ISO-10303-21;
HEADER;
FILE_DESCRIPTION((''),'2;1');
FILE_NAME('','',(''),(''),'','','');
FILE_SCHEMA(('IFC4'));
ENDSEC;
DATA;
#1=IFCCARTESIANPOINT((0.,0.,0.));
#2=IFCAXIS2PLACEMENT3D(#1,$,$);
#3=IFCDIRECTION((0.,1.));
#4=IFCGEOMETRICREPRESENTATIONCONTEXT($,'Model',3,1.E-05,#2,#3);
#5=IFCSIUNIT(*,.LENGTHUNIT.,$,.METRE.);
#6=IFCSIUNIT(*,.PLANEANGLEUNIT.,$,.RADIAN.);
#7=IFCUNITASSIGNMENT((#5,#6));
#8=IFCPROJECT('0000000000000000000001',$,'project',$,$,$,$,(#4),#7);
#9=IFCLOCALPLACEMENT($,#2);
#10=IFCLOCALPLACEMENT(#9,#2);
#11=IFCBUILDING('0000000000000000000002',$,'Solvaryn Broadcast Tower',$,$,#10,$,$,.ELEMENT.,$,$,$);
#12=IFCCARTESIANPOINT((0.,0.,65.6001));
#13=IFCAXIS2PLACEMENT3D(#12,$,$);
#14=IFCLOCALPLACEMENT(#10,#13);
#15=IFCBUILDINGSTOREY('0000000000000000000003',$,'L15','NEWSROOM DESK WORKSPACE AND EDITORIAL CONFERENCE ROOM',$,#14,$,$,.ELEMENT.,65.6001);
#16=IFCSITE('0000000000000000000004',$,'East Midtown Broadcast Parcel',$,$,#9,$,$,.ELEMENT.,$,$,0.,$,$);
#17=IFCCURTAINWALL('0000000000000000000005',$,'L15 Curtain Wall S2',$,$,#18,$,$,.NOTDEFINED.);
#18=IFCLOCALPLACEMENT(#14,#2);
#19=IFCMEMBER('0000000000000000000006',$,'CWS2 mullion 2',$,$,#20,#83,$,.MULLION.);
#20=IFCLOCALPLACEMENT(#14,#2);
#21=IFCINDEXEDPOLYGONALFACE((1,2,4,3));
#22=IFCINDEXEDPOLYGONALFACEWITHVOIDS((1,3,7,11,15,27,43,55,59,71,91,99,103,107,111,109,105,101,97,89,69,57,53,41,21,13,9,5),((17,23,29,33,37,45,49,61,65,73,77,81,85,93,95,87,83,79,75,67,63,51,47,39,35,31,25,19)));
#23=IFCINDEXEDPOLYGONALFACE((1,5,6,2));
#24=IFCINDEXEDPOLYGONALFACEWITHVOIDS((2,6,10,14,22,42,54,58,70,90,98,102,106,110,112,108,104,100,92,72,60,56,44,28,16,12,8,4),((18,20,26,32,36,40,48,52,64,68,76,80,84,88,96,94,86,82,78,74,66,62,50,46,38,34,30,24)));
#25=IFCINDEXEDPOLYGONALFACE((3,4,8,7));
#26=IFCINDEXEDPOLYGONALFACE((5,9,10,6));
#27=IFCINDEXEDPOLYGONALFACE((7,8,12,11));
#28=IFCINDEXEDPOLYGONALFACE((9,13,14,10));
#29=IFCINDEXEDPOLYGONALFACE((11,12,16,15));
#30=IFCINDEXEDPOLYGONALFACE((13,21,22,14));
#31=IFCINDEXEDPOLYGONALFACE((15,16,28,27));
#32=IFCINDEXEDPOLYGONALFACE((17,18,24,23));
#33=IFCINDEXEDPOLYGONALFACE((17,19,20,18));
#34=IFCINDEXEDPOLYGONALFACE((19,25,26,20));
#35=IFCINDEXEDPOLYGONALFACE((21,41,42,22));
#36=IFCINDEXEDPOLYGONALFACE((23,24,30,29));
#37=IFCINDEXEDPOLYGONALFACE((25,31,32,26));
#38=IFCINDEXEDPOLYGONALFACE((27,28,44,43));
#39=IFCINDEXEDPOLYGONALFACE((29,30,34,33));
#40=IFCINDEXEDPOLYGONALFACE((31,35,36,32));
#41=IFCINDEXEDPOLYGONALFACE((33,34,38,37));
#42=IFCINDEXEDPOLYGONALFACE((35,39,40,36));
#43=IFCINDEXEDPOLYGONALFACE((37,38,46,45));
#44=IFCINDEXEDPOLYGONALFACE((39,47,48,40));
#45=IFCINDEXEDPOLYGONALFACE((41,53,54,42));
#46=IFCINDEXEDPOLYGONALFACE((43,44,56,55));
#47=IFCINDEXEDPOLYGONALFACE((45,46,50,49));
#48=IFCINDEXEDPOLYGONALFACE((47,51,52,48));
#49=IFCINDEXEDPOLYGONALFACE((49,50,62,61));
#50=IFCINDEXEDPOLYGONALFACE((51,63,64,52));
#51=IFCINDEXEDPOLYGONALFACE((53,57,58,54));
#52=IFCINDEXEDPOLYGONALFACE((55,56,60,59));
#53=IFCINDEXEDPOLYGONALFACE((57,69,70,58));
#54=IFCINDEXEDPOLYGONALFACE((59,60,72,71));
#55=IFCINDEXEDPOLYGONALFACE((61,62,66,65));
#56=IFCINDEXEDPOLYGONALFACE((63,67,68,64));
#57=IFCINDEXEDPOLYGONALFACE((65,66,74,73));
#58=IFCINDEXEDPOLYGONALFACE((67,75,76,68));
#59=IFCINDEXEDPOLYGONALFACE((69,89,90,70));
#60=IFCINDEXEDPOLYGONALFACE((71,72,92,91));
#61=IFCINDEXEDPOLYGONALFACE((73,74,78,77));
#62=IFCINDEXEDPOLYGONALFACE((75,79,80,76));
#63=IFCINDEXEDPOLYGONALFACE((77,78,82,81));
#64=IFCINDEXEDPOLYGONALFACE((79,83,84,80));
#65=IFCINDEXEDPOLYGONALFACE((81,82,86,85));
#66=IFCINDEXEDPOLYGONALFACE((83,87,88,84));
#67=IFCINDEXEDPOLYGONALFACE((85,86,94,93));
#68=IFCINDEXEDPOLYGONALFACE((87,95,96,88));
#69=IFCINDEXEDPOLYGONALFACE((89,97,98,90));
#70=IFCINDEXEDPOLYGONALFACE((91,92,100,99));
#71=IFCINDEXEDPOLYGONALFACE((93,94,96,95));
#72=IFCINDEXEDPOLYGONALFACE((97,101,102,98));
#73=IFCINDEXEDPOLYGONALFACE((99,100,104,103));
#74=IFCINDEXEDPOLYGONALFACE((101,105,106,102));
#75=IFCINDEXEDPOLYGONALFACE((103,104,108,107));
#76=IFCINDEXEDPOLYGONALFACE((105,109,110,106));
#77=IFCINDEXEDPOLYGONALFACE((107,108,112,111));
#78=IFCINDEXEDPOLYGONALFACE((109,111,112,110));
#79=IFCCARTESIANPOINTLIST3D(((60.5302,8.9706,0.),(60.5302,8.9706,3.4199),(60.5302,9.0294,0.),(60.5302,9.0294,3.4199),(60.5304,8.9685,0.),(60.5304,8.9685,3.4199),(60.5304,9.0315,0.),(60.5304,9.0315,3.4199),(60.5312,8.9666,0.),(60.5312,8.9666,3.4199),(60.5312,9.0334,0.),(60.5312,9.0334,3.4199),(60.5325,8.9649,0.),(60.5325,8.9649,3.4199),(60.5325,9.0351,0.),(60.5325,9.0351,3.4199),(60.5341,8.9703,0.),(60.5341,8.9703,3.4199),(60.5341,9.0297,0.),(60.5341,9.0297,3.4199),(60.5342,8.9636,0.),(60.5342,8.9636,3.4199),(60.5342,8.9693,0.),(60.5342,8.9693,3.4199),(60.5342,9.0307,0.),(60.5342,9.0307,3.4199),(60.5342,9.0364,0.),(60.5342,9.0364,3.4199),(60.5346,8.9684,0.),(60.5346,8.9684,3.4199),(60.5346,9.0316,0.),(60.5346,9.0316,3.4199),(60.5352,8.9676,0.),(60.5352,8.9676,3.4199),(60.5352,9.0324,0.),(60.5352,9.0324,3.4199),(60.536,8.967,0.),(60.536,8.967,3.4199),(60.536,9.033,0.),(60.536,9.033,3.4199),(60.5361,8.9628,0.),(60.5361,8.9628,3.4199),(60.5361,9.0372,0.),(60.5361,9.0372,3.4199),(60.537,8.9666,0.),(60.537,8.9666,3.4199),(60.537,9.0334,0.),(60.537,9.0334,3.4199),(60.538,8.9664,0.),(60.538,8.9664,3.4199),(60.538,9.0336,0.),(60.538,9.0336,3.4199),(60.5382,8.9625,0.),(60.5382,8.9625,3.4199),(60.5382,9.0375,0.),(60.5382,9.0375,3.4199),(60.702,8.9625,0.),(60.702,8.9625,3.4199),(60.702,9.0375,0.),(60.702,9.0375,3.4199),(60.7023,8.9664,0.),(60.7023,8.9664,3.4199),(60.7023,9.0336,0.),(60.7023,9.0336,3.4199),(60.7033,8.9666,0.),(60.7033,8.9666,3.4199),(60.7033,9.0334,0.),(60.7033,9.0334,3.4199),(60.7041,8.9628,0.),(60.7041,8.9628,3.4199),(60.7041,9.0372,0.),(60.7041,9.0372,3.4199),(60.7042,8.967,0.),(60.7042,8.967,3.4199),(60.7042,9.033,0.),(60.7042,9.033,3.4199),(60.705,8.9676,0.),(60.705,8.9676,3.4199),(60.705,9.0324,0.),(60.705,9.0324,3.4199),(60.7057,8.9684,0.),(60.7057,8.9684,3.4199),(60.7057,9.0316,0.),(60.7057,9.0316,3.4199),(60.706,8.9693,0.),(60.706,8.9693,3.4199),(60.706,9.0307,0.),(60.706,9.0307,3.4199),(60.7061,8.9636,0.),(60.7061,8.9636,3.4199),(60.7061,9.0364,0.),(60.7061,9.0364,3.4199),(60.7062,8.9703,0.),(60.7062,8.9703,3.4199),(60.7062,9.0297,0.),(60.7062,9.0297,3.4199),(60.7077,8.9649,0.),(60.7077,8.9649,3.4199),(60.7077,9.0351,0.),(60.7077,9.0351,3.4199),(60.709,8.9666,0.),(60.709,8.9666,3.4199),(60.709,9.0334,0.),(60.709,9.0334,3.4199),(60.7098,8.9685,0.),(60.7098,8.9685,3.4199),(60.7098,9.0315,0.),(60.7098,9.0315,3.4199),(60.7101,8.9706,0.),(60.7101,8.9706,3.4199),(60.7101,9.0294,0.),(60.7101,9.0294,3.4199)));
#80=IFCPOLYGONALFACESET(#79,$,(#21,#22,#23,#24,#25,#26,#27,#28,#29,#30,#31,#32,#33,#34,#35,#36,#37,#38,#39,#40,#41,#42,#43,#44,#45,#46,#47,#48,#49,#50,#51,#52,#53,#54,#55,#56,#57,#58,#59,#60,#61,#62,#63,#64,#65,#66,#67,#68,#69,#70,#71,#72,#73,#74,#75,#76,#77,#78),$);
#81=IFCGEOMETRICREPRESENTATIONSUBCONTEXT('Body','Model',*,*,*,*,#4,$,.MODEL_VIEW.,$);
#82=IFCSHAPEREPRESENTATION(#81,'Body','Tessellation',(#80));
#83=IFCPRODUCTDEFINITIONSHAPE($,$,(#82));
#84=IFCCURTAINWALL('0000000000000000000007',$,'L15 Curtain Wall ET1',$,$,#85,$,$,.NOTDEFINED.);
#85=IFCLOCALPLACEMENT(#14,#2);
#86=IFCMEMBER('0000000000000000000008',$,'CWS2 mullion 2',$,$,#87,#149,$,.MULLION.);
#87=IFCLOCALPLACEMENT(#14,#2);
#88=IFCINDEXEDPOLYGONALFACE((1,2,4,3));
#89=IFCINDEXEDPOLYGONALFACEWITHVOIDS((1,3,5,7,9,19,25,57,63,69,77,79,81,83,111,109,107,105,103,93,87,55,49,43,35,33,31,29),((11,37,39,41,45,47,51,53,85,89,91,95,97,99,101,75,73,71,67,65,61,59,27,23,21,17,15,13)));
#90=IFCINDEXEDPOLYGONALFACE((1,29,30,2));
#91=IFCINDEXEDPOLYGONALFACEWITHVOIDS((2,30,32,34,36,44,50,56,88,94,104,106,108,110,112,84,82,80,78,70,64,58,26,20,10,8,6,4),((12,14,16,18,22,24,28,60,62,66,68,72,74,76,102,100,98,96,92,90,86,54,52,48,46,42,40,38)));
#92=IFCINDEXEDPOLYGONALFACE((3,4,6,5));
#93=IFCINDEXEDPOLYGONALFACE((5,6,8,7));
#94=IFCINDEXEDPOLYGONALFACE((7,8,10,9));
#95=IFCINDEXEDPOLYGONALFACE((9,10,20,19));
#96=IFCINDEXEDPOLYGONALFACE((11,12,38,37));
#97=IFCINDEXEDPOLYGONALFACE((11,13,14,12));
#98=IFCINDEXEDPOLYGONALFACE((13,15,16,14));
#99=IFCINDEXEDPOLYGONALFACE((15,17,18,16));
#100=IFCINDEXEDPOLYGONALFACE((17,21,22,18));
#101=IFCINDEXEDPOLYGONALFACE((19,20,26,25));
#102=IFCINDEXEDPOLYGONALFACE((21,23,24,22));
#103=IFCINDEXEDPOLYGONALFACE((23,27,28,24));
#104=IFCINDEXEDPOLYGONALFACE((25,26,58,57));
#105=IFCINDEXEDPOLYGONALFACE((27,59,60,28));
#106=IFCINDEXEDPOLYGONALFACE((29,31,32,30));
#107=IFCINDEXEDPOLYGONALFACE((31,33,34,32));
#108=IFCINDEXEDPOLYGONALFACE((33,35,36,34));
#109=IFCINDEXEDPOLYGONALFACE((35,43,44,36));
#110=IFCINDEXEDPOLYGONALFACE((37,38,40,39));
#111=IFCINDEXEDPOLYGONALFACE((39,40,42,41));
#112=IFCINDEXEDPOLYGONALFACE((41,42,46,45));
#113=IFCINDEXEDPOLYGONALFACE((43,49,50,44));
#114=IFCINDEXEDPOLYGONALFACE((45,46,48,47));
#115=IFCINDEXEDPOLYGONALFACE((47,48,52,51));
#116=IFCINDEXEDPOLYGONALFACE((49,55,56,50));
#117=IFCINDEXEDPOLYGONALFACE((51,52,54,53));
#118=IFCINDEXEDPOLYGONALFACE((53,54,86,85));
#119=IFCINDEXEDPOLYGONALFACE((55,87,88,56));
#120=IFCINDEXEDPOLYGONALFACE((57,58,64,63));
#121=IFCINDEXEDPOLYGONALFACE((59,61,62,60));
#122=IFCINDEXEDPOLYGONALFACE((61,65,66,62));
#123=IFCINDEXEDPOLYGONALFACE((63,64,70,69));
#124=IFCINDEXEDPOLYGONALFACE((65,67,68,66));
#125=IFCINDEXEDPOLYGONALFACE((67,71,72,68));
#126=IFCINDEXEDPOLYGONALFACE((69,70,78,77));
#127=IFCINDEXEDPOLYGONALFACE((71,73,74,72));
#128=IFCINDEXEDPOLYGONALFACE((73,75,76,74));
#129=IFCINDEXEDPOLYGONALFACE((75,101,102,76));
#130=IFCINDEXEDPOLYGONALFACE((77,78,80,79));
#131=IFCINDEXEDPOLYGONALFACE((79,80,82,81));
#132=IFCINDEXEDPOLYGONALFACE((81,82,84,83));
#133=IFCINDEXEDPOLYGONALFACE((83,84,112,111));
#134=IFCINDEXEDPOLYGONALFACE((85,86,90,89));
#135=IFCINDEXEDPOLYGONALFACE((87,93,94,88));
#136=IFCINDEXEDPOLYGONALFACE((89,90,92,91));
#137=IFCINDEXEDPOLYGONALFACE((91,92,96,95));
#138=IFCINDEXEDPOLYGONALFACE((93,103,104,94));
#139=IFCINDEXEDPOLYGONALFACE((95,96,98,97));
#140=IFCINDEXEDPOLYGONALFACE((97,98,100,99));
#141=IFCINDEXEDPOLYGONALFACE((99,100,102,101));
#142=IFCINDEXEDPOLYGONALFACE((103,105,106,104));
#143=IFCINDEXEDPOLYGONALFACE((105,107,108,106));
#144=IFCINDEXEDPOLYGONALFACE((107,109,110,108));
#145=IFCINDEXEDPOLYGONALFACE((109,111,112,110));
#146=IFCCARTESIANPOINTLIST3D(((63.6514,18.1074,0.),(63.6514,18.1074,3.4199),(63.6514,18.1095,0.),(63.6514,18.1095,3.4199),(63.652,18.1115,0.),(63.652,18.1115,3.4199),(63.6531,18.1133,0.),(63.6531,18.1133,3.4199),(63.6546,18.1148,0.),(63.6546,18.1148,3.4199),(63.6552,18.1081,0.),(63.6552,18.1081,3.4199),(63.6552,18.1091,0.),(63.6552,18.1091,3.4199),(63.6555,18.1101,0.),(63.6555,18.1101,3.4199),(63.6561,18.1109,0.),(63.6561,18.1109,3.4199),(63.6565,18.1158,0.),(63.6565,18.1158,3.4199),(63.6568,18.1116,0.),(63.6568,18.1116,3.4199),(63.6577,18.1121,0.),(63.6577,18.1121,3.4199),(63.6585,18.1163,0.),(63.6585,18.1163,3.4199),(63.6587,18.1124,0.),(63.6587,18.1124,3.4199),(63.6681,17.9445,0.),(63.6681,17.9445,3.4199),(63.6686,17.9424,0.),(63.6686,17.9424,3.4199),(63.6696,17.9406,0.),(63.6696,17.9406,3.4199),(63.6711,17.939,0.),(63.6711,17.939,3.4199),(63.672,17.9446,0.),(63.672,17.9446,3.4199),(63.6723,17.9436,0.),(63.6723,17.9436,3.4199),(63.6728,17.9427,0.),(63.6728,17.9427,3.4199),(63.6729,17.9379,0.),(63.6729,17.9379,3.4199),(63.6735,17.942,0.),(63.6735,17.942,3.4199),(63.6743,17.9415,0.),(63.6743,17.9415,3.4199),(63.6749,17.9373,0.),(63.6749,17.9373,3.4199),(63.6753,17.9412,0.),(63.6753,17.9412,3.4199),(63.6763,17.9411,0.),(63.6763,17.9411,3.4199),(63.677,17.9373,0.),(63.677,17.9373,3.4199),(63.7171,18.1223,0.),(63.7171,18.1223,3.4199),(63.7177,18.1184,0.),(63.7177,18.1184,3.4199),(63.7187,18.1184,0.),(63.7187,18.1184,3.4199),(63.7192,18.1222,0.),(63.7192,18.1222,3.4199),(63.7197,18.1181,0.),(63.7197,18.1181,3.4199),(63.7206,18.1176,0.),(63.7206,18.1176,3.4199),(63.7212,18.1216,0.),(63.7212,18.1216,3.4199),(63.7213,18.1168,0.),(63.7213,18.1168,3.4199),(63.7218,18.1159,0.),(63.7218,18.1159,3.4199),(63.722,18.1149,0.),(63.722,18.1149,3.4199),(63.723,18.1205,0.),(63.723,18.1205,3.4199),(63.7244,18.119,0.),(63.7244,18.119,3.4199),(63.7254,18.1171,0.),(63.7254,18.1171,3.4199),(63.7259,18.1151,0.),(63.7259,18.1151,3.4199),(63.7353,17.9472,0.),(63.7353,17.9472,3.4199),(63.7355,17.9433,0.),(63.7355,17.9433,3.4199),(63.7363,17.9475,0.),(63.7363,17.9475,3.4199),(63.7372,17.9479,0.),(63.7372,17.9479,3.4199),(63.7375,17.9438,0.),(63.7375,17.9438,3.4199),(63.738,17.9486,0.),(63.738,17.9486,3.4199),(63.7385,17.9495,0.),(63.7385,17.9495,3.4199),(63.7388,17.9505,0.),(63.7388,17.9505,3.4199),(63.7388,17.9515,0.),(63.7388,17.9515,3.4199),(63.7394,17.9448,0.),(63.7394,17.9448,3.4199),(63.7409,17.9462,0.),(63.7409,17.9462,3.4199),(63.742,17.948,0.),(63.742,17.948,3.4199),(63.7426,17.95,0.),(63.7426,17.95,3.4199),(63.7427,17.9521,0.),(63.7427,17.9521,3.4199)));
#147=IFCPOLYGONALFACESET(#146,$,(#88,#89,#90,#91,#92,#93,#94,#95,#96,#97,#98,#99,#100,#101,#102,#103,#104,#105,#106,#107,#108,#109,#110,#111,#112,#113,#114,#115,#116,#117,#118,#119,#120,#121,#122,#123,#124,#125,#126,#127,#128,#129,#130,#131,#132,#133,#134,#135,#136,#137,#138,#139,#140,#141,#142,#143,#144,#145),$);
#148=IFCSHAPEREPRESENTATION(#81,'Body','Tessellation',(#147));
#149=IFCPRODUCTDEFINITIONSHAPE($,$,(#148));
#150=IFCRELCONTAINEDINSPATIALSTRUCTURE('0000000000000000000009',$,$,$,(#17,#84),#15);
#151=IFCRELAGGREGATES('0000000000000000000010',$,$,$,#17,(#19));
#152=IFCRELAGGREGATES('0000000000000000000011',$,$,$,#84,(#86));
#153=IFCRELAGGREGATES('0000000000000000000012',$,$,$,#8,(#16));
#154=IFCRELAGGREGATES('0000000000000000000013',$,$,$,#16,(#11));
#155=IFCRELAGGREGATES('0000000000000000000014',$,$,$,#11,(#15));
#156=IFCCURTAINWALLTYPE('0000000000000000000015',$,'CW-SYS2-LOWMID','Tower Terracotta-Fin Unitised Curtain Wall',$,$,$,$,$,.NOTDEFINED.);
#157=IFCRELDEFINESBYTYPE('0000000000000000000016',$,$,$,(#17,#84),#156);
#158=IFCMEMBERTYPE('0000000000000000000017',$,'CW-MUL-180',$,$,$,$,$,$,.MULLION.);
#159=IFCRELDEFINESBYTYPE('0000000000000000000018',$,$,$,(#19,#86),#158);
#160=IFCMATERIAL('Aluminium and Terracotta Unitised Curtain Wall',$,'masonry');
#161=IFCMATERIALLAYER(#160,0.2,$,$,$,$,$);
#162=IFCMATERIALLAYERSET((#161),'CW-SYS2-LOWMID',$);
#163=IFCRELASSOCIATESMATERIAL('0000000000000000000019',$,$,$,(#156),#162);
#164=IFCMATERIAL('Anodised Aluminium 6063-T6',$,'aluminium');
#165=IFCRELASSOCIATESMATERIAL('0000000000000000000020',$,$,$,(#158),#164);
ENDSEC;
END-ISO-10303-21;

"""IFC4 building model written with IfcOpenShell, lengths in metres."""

from ifc_helpers import new_model, si_unit, direction, frame, origin, origin_2d, place, context, subcontext, project, spatial, hollow_rectangle, extrude, material, layer, layer_set, material_profile, profile_set, type_object, element, aggregate, save


model = new_model("IFC4")

# Units and contexts
model_context = context("Model", 3, precision=1e-05, world=origin(), true_north=direction((0.0, 1.0)))
body_context = subcontext(model_context, "Body", "Model", "MODEL_VIEW")
ifc_project = project(units=[si_unit("LENGTHUNIT", "METRE"), si_unit("PLANEANGLEUNIT", "RADIAN")], contexts=[model_context])

# Site, building, storey
site_placement = place(None, origin())
site = spatial("IfcSite", under=ifc_project, at=site_placement, Name="East Midtown Broadcast Parcel", CompositionType="ELEMENT", RefElevation=0.0)
building_placement = place(site_placement, origin())
building = spatial("IfcBuilding", under=site, at=building_placement, Name="Solvaryn Broadcast Tower", CompositionType="ELEMENT")
storey_placement = place(building_placement, frame((0.0, 0.0, 65.6001)))
storey = spatial("IfcBuildingStorey", under=building, at=storey_placement, Name="L15", Description="NEWSROOM DESK WORKSPACE AND EDITORIAL CONFERENCE ROOM", CompositionType="ELEMENT", Elevation=65.6001)

# Curtain walls, members
ifc_material_1 = material(Name="Aluminium and Terracotta Unitised Curtain Wall", Category="masonry")
ifc_layer_1 = layer(ifc_material_1, 0.2)
ifc_layer_set_1 = layer_set([ifc_layer_1], Name="CW-SYS2-LOWMID")
curtain_wall_type = type_object("IfcCurtainWallType", Name="CW-SYS2-LOWMID", Description="Tower Terracotta-Fin Unitised Curtain Wall", PredefinedType="NOTDEFINED", material=ifc_layer_set_1)
curtain_wall_1_placement = place(storey_placement, origin())
curtain_wall_1 = element("IfcCurtainWall", 1, at=curtain_wall_1_placement, inside=storey, type_object=curtain_wall_type, Name="L15 Curtain Wall S2", PredefinedType="NOTDEFINED")
ifc_material_2 = material(Name="Anodised Aluminium 6063-T6", Category="aluminium")
ifc_material_profile_1 = material_profile(ifc_material_2, hollow_rectangle(XDim=0.075, YDim=0.1799, WallThickness=0.0039, InnerFilletRadius=0.0039, OuterFilletRadius=0.0081, at=origin_2d()))
ifc_profile_set_1 = profile_set([ifc_material_profile_1], Name="Anodised Aluminium 6063-T6")
member_type_1 = type_object("IfcMemberType", Name="CW-MUL-180", PredefinedType="MULLION", material=ifc_profile_set_1)
member_1_placement = place(storey_placement, frame((60.6201, 9.0, 0.0), z_axis=(0.0, 0.0, 1.0), x_axis=(0.0, 1.0, 0.0)))
member_1 = element("IfcMember", 2, at=member_1_placement, type_object=member_type_1, Name="CWS2 mullion 2", PredefinedType="MULLION", context=body_context, shape_type="SweptSolid", body=[
    extrude(hollow_rectangle(XDim=0.075, YDim=0.1799, WallThickness=0.0039, InnerFilletRadius=0.0039, OuterFilletRadius=0.0081, at=origin_2d()), origin(), (0.0, 0.0, 1.0), 3.4199),
])
aggregate(curtain_wall_1, [member_1])
curtain_wall_2_placement = place(storey_placement, origin())
curtain_wall_2 = element("IfcCurtainWall", 3, at=curtain_wall_2_placement, inside=storey, type_object=curtain_wall_type, Name="L15 Curtain Wall ET1", PredefinedType="NOTDEFINED")
member_2_placement = place(storey_placement, frame((63.697, 18.0298, 0.0), z_axis=(0.0, 0.0, 1.0), x_axis=(0.994743, 0.1024, 0.0)))
member_2 = element("IfcMember", 4, at=member_2_placement, type_object=member_type_1, Name="CWS2 mullion 2", PredefinedType="MULLION", context=body_context, shape_type="SweptSolid", body=[
    extrude(hollow_rectangle(XDim=0.075, YDim=0.1799, WallThickness=0.0039, InnerFilletRadius=0.0039, OuterFilletRadius=0.0081, at=origin_2d()), origin(), (0.0, 0.0, 1.0), 3.4199),
])
aggregate(curtain_wall_2, [member_2])

save(model, "model.ifc")
